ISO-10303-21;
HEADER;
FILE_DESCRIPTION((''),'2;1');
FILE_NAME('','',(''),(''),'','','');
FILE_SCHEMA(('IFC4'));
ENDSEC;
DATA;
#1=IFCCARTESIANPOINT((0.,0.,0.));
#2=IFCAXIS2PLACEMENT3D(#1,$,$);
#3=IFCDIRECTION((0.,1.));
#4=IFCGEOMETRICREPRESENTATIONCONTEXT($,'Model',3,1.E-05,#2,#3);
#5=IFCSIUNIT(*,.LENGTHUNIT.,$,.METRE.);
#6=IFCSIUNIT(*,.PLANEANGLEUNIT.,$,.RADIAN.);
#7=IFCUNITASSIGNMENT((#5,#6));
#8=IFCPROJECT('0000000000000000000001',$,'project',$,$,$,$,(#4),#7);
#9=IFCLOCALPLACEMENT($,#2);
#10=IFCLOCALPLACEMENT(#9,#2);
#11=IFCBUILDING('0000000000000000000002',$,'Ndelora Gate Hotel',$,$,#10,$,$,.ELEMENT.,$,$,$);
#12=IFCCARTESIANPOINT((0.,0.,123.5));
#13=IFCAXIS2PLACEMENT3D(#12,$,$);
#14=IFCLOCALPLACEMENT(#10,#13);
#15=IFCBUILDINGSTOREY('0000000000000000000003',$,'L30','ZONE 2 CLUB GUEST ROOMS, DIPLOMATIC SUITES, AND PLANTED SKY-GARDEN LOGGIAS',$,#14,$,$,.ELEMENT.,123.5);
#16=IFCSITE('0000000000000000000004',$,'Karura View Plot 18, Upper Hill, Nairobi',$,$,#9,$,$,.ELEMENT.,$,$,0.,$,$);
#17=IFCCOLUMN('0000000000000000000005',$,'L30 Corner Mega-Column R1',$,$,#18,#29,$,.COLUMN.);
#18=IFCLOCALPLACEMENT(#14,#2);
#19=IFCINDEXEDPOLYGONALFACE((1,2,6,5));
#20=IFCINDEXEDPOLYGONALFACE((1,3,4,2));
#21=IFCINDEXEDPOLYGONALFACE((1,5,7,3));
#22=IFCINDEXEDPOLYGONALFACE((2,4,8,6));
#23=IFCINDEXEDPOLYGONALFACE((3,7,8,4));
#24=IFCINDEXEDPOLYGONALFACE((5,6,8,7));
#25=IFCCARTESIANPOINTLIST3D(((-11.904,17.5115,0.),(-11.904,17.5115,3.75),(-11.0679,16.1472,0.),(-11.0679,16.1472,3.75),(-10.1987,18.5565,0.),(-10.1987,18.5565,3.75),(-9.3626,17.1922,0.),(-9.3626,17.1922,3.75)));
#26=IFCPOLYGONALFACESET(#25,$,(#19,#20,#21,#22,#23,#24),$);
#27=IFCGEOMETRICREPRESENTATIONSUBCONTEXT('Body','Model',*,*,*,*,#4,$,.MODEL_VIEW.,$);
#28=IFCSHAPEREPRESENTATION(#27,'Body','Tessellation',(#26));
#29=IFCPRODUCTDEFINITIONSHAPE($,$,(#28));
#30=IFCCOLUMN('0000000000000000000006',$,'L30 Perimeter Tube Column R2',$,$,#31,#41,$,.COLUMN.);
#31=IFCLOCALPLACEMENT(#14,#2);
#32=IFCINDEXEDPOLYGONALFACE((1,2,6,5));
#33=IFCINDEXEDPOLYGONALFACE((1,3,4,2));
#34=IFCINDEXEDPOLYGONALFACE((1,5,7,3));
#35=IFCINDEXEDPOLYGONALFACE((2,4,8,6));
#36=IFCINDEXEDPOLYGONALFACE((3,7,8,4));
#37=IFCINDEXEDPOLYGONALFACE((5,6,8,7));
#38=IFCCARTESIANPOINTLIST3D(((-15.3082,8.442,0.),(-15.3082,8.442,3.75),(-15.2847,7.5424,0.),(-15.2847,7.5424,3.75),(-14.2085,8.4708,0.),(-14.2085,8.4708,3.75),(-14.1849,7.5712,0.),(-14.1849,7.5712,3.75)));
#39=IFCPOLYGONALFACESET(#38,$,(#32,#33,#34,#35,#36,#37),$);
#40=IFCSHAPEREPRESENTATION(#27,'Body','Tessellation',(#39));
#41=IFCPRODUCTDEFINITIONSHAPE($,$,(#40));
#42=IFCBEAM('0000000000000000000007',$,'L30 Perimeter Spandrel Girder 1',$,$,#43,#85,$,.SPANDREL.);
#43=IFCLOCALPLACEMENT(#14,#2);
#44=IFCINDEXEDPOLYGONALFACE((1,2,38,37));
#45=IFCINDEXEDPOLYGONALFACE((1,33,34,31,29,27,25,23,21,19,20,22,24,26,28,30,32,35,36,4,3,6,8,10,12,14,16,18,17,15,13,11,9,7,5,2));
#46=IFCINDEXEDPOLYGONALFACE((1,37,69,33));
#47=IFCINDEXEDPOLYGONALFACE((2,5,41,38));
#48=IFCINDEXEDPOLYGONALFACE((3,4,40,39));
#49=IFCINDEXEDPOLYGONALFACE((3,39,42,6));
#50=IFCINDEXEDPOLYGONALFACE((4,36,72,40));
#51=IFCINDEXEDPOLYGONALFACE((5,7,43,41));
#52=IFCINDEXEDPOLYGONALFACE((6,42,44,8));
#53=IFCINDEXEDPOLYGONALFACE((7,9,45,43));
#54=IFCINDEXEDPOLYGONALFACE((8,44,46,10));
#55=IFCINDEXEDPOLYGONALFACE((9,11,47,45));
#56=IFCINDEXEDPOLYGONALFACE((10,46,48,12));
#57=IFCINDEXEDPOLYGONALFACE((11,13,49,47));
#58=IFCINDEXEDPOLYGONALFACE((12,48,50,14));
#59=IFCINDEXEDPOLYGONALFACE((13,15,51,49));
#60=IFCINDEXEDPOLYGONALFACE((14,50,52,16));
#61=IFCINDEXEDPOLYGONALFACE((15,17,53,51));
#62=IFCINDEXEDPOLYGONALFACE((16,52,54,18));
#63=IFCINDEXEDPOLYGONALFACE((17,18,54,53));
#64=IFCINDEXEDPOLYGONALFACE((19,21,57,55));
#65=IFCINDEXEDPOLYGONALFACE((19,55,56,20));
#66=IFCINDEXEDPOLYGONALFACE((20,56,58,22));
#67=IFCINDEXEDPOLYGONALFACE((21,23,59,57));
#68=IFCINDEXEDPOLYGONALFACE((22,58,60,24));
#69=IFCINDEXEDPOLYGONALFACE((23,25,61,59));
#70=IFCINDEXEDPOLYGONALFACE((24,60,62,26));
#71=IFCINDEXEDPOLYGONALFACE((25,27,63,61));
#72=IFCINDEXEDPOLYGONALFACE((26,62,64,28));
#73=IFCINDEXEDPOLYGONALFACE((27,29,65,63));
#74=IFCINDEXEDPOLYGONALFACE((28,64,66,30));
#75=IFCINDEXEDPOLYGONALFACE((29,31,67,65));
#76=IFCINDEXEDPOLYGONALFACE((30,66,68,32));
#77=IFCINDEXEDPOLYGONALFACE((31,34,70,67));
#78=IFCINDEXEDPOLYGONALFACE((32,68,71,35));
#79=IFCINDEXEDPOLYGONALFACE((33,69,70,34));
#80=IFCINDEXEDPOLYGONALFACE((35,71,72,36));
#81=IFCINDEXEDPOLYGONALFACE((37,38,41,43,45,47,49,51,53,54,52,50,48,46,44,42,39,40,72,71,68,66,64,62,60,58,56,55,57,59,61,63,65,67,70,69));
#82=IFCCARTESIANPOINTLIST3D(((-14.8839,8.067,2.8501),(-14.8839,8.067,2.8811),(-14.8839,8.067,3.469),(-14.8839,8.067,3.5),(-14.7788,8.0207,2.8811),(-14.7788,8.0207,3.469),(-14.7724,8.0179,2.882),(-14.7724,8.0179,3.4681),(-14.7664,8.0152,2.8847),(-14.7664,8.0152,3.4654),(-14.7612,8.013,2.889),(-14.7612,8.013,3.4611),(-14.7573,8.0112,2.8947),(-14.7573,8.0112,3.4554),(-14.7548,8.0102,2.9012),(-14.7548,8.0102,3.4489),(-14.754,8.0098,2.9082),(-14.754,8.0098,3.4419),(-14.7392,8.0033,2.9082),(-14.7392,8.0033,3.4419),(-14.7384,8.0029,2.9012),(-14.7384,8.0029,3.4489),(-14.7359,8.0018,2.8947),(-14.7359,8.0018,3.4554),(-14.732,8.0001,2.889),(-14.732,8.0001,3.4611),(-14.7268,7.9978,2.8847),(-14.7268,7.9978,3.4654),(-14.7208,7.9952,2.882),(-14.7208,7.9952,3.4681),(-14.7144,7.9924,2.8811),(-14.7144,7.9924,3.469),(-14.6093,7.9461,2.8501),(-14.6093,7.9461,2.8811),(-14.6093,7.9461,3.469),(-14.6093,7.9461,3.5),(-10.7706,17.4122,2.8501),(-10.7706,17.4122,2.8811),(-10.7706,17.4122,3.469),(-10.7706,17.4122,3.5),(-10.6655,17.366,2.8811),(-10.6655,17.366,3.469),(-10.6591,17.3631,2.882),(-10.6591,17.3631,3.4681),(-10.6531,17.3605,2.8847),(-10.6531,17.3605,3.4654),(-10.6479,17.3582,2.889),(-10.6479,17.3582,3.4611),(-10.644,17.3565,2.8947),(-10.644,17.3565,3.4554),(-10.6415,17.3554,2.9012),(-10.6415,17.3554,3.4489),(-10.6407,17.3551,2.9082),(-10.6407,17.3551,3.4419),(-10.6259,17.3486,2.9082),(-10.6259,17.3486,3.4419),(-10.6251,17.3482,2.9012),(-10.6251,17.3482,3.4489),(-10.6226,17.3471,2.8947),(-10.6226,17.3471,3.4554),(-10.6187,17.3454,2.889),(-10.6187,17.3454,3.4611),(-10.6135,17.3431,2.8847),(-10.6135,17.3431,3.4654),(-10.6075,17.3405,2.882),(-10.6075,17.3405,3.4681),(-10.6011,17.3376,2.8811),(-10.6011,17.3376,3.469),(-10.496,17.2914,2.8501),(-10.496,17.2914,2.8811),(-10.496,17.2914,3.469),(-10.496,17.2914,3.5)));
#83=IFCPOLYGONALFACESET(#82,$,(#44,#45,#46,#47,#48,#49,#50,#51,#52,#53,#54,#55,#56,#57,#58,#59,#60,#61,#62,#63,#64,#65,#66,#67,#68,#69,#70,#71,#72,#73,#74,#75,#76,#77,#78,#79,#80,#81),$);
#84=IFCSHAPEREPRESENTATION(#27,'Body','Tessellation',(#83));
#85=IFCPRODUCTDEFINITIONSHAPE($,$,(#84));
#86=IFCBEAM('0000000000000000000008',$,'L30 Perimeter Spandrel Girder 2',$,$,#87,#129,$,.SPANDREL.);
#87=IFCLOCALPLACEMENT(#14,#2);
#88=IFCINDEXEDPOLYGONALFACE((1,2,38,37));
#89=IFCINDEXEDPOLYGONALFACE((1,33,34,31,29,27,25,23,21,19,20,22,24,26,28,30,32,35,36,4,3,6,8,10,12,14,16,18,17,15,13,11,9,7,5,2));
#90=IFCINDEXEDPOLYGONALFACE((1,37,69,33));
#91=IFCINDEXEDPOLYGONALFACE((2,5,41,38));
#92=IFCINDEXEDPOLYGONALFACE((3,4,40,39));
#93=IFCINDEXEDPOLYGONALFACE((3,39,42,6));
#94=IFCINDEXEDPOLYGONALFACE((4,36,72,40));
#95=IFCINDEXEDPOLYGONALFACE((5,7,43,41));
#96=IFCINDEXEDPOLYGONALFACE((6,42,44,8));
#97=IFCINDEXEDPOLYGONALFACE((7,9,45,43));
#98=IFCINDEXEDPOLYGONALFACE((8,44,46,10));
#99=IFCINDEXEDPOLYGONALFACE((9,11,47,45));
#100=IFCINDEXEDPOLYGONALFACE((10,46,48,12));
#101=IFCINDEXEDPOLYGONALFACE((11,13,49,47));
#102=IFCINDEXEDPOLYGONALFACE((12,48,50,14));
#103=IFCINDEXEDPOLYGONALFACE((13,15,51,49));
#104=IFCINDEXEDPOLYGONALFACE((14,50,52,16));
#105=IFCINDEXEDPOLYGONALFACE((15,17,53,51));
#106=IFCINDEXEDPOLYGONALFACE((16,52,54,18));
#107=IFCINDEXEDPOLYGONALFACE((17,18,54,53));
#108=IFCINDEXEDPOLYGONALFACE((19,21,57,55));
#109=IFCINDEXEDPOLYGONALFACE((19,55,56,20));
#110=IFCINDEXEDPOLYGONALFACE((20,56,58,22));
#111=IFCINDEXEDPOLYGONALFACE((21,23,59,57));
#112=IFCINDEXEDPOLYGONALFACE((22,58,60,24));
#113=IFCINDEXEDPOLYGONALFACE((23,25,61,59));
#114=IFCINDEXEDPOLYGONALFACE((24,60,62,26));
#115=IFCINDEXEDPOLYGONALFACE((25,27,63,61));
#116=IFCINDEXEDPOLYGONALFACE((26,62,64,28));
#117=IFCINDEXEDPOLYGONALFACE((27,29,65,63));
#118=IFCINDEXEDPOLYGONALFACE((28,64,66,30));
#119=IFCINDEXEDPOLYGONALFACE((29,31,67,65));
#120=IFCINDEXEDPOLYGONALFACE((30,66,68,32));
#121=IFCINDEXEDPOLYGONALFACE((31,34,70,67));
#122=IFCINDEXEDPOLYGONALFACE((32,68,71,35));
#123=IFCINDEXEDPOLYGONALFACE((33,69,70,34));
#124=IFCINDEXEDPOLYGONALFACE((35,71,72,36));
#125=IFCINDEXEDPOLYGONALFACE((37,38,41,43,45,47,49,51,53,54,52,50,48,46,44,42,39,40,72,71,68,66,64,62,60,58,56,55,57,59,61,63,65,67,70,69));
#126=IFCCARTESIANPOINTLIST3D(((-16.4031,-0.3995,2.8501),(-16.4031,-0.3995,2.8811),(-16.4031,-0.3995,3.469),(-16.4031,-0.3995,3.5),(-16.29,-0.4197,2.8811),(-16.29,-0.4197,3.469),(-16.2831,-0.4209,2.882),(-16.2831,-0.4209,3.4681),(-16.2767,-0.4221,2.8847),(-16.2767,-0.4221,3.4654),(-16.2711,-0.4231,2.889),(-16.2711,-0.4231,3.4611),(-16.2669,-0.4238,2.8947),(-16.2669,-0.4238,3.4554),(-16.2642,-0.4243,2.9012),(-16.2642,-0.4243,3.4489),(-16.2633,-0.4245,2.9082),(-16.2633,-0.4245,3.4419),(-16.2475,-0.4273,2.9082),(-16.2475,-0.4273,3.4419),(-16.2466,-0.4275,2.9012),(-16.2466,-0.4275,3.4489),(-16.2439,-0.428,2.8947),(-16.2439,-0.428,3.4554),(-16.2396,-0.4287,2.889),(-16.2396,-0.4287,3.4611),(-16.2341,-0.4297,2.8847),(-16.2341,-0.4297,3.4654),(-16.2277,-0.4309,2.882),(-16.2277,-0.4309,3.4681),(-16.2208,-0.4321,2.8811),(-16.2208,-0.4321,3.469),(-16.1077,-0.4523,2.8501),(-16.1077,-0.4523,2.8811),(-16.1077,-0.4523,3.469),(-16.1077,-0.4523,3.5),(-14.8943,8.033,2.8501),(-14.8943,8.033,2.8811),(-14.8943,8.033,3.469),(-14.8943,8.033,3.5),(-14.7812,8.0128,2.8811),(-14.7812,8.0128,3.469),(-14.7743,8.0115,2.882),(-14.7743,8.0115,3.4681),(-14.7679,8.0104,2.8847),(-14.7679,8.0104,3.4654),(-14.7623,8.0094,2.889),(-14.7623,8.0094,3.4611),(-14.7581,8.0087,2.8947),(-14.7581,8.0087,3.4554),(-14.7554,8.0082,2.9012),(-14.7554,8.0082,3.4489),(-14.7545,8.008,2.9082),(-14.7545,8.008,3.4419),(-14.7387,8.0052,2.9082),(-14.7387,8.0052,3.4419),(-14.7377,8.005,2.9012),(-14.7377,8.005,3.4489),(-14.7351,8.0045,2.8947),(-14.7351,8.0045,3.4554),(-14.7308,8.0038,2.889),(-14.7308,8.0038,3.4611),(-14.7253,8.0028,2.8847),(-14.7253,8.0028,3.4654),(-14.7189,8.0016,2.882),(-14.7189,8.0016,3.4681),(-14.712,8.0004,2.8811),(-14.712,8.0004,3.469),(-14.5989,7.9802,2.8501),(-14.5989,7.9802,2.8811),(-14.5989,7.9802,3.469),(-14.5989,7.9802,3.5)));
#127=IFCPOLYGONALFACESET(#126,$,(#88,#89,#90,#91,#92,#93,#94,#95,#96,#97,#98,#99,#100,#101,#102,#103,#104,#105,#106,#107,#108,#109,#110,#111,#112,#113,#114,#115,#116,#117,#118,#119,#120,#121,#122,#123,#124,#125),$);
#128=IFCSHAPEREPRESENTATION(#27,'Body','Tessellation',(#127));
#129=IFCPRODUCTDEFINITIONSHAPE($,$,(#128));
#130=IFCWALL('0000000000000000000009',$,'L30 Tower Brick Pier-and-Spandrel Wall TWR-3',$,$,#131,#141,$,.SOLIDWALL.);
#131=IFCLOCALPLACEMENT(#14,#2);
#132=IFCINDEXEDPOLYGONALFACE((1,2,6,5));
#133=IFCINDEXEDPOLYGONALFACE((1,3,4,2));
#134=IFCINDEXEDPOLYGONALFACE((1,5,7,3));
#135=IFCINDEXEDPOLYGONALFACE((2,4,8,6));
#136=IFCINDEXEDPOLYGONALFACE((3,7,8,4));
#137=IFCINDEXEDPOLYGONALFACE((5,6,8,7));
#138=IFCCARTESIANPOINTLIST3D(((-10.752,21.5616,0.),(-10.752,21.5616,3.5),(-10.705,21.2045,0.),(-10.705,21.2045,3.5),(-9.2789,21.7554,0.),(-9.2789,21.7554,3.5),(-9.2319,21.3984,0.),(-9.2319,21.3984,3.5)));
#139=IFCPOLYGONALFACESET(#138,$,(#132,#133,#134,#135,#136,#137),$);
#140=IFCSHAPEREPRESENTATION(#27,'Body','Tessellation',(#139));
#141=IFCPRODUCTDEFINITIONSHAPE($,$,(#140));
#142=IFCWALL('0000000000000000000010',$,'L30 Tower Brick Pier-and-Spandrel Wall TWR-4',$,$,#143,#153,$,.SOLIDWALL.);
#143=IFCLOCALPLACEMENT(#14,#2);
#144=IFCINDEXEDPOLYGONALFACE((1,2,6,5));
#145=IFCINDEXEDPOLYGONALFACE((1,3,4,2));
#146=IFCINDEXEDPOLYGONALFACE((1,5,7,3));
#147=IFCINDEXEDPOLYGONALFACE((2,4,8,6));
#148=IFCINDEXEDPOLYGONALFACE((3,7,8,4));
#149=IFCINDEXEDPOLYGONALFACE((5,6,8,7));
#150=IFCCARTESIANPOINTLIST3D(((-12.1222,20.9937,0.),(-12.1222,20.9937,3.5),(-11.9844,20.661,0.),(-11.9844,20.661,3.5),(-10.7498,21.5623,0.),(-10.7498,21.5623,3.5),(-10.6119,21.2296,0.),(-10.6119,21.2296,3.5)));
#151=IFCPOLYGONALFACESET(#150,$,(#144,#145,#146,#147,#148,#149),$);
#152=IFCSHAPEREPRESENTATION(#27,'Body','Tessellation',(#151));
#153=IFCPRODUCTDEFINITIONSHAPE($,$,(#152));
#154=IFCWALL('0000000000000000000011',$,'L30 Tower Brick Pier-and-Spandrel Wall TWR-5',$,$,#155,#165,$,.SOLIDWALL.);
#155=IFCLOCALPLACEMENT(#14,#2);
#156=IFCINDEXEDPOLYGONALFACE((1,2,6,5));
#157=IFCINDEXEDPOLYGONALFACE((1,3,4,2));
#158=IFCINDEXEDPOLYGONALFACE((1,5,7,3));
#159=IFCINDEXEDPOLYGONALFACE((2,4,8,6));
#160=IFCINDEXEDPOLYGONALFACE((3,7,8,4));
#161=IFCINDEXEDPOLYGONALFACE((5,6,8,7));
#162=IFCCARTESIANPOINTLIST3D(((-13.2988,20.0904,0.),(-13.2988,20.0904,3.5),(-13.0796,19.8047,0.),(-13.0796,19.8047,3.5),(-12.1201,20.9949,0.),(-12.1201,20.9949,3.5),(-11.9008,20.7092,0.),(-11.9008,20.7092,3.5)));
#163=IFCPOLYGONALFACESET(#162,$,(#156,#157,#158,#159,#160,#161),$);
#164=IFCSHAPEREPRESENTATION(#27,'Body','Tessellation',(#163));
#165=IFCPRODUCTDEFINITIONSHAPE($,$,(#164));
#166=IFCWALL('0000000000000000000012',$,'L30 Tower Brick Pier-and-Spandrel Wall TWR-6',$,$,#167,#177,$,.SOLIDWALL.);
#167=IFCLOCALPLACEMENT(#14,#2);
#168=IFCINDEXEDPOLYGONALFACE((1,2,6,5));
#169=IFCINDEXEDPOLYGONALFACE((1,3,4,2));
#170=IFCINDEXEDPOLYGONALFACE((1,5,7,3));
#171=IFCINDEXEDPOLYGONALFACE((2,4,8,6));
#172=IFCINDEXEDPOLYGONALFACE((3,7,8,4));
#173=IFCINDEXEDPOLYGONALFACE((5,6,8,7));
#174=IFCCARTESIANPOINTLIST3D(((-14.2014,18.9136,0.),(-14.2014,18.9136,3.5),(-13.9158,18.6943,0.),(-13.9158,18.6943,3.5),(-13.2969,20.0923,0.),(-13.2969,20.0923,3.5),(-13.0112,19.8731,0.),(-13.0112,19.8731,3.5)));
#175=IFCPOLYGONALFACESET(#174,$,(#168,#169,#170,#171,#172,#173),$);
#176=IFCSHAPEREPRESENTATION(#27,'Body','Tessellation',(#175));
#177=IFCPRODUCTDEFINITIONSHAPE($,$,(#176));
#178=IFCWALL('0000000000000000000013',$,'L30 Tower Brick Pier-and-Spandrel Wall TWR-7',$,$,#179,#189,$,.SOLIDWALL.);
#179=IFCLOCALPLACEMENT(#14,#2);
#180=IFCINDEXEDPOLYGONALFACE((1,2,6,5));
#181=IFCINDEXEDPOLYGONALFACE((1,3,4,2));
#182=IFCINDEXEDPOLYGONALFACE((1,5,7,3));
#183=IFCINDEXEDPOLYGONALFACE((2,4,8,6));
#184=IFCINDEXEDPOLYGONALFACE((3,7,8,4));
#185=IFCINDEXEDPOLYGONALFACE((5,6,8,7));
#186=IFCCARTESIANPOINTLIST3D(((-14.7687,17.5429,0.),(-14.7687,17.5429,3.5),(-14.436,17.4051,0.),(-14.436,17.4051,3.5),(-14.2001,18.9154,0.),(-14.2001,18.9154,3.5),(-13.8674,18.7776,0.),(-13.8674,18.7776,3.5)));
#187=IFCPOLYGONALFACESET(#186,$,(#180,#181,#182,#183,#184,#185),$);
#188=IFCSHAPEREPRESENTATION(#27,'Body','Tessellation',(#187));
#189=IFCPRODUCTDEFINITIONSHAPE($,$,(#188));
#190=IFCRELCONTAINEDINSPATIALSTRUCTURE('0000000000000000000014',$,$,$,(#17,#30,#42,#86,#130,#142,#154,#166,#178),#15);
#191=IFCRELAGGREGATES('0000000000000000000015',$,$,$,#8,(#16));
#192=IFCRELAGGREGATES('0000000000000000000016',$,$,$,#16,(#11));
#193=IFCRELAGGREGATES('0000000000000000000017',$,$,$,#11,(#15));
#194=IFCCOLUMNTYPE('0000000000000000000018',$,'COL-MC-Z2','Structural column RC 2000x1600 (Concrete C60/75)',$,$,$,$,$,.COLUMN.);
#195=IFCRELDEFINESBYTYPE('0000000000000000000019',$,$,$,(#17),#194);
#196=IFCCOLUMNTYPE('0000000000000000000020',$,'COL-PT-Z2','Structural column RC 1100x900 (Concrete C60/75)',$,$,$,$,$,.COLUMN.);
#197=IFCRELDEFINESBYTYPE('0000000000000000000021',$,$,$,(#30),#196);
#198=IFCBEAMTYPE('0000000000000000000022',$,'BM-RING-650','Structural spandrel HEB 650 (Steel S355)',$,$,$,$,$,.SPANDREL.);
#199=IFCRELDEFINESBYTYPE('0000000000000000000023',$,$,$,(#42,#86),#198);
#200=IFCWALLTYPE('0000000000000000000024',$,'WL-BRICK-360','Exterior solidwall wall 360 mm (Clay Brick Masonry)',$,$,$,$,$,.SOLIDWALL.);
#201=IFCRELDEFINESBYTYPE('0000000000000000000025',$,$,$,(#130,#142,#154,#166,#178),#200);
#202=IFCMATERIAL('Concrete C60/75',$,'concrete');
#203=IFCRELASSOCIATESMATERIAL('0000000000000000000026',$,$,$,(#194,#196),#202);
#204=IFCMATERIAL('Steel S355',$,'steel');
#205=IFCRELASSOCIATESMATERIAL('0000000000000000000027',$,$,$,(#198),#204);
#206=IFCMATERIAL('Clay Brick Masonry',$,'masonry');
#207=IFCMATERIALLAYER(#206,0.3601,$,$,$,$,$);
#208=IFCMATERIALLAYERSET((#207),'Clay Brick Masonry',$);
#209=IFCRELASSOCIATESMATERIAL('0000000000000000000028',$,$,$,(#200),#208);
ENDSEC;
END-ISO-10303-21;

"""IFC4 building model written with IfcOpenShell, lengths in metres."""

from ifc_helpers import new_model, si_unit, direction, frame, frame_2d, origin, origin_2d, place, context, subcontext, project, spatial, rectangle, i_section, extrude, material, layer, layer_set, material_profile, profile_set, type_object, element, save


model = new_model("IFC4")

# Units and contexts
model_context = context("Model", 3, precision=1e-05, world=origin(), true_north=direction((0.0, 1.0)))
body_context = subcontext(model_context, "Body", "Model", "MODEL_VIEW")
ifc_project = project(units=[si_unit("LENGTHUNIT", "METRE"), si_unit("PLANEANGLEUNIT", "RADIAN")], contexts=[model_context])

# Site, building, storey
site_placement = place(None, origin())
site = spatial("IfcSite", under=ifc_project, at=site_placement, Name="Karura View Plot 18, Upper Hill, Nairobi", CompositionType="ELEMENT", RefElevation=0.0)
building_placement = place(site_placement, origin())
building = spatial("IfcBuilding", under=site, at=building_placement, Name="Ndelora Gate Hotel", CompositionType="ELEMENT")
storey_placement = place(building_placement, frame((0.0, 0.0, 123.5)))
storey = spatial("IfcBuildingStorey", under=building, at=storey_placement, Name="L30", Description="ZONE 2 CLUB GUEST ROOMS, DIPLOMATIC SUITES, AND PLANTED SKY-GARDEN LOGGIAS", CompositionType="ELEMENT", Elevation=123.5)

# Columns
ifc_material_1 = material(Name="Concrete C60/75", Category="concrete")
ifc_material_profile_1 = material_profile(ifc_material_1, rectangle(XDim=1.6001, YDim=2.0, at=origin_2d()), Name="RC 2000x1600")
ifc_profile_set_1 = profile_set([ifc_material_profile_1], Name="Concrete C60/75")
column_type_1 = type_object("IfcColumnType", Name="COL-MC-Z2", Description="Structural column RC 2000x1600 (Concrete C60/75)", PredefinedType="COLUMN", material=ifc_profile_set_1)
column_1_placement = place(storey_placement, frame((-10.6333, 17.3518, 0.0), z_axis=(0.0, 0.0, 1.0), x_axis=(-0.522499, 0.85264, 0.0)))
element("IfcColumn", 1, at=column_1_placement, inside=storey, type_object=column_type_1, Name="L30 Corner Mega-Column R1", PredefinedType="COLUMN", context=body_context, shape_type="SweptSolid", body=[
    extrude(rectangle(XDim=1.6001, YDim=2.0, at=origin_2d()), origin(), (0.0, 0.0, 1.0), 3.75),
])
ifc_material_profile_2 = material_profile(ifc_material_1, rectangle(XDim=0.8999, YDim=1.1001, at=origin_2d()), Name="RC 1100x900")
ifc_profile_set_2 = profile_set([ifc_material_profile_2], Name="Concrete C60/75")
column_type_2 = type_object("IfcColumnType", Name="COL-PT-Z2", Description="Structural column RC 1100x900 (Concrete C60/75)", PredefinedType="COLUMN", material=ifc_profile_set_2)
column_2_placement = place(storey_placement, frame((-14.7466, 8.0066, 0.0), z_axis=(0.0, 0.0, 1.0), x_axis=(-0.026177, 0.999657, 0.0)))
element("IfcColumn", 2, at=column_2_placement, inside=storey, type_object=column_type_2, Name="L30 Perimeter Tube Column R2", PredefinedType="COLUMN", context=body_context, shape_type="SweptSolid", body=[
    extrude(rectangle(XDim=0.8999, YDim=1.1001, at=origin_2d()), origin(), (0.0, 0.0, 1.0), 3.75),
])

# Beams
ifc_material_2 = material(Name="Steel S355", Category="steel")
ifc_material_profile_3 = material_profile(ifc_material_2, i_section(OverallWidth=0.3, OverallDepth=0.6499, WebThickness=0.0161, FlangeThickness=0.031, FilletRadius=0.0271, at=origin_2d()), Name="HEB 650")
ifc_profile_set_3 = profile_set([ifc_material_profile_3], Name="Steel S355")
beam_type = type_object("IfcBeamType", Name="BM-RING-650", Description="Structural spandrel HEB 650 (Steel S355)", PredefinedType="SPANDREL", material=ifc_profile_set_3)
beam_1_placement = place(storey_placement, frame((-10.6333, 17.3518, 3.175), z_axis=(-0.402852, -0.915265, 0.0), x_axis=(0.915265, -0.402852, 0.0)))
element("IfcBeam", 3, at=beam_1_placement, inside=storey, type_object=beam_type, Name="L30 Perimeter Spandrel Girder 1", PredefinedType="SPANDREL", context=body_context, shape_type="SweptSolid", body=[
    extrude(i_section(OverallWidth=0.3, OverallDepth=0.6499, WebThickness=0.0161, FlangeThickness=0.031, FilletRadius=0.0271, at=origin_2d()), origin(), (0.0, 0.0, 1.0), 10.2104),
])
beam_2_placement = place(storey_placement, frame((-14.7466, 8.0066, 3.175), z_axis=(-0.176131, -0.984367, 0.0), x_axis=(0.984367, -0.176131, 0.0)))
element("IfcBeam", 4, at=beam_2_placement, inside=storey, type_object=beam_type, Name="L30 Perimeter Spandrel Girder 2", PredefinedType="SPANDREL", context=body_context, shape_type="SweptSolid", body=[
    extrude(i_section(OverallWidth=0.3, OverallDepth=0.6499, WebThickness=0.0161, FlangeThickness=0.031, FilletRadius=0.0271, at=origin_2d()), origin(), (0.0, 0.0, 1.0), 8.5664),
])

# Walls
ifc_material_3 = material(Name="Clay Brick Masonry", Category="masonry")
ifc_layer_1 = layer(ifc_material_3, 0.3601)
ifc_layer_set_1 = layer_set([ifc_layer_1], Name="Clay Brick Masonry")
wall_type_1 = type_object("IfcWallType", Name="WL-BRICK-360", Description="Exterior solidwall wall 360 mm (Clay Brick Masonry)", PredefinedType="SOLIDWALL", material=ifc_layer_set_1)
wall_1_placement = place(storey_placement, frame((-10.7285, 21.3831, 0.0), z_axis=(0.0, 0.0, 1.0), x_axis=(0.991453, 0.130463, 0.0)))
element("IfcWall", 5, at=wall_1_placement, inside=storey, type_object=wall_type_1, Name="L30 Tower Brick Pier-and-Spandrel Wall TWR-3", PredefinedType="SOLIDWALL", context=body_context, shape_type="SweptSolid", body=[
    extrude(rectangle(XDim=1.4858, YDim=0.3601, at=frame_2d((0.7429, 0.0))), origin(), (0.0, 0.0, 1.0), 3.5),
])
wall_2_placement = place(storey_placement, frame((-12.0532, 20.8274, 0.0), z_axis=(0.0, 0.0, 1.0), x_axis=(0.923863, 0.382724, 0.0)))
element("IfcWall", 6, at=wall_2_placement, inside=storey, type_object=wall_type_1, Name="L30 Tower Brick Pier-and-Spandrel Wall TWR-4", PredefinedType="SOLIDWALL", context=body_context, shape_type="SweptSolid", body=[
    extrude(rectangle(XDim=1.4856, YDim=0.3601, at=frame_2d((0.7427, 0.0))), origin(), (0.0, 0.0, 1.0), 3.5),
])
for number, where, z_axis, x_axis, name in (
    (7, (-13.1892, 19.9475, 0.0), (0.0, 0.0, 1.0), (0.793326, 0.608797, 0.0), "L30 Tower Brick Pier-and-Spandrel Wall TWR-5"),
    (8, (-14.0586, 18.804, 0.0), (0.0, 0.0, 1.0), (0.608797, 0.793326, 0.0), "L30 Tower Brick Pier-and-Spandrel Wall TWR-6"),
):
    element("IfcWall", number, at=place(storey_placement, frame(where, z_axis=z_axis, x_axis=x_axis)), inside=storey, type_object=wall_type_1, Name=name, PredefinedType="SOLIDWALL", context=body_context, shape_type="SweptSolid", body=[
        extrude(rectangle(XDim=1.4858, YDim=0.3601, at=frame_2d((0.7429, 0.0))), origin(), (0.0, 0.0, 1.0), 3.5),
    ])
wall_3_placement = place(storey_placement, frame((-14.6023, 17.4741, 0.0), z_axis=(0.0, 0.0, 1.0), x_axis=(0.382724, 0.923863, 0.0)))
element("IfcWall", 9, at=wall_3_placement, inside=storey, type_object=wall_type_1, Name="L30 Tower Brick Pier-and-Spandrel Wall TWR-7", PredefinedType="SOLIDWALL", context=body_context, shape_type="SweptSolid", body=[
    extrude(rectangle(XDim=1.4856, YDim=0.3601, at=frame_2d((0.7427, 0.0))), origin(), (0.0, 0.0, 1.0), 3.5),
])

save(model, "model.ifc")
